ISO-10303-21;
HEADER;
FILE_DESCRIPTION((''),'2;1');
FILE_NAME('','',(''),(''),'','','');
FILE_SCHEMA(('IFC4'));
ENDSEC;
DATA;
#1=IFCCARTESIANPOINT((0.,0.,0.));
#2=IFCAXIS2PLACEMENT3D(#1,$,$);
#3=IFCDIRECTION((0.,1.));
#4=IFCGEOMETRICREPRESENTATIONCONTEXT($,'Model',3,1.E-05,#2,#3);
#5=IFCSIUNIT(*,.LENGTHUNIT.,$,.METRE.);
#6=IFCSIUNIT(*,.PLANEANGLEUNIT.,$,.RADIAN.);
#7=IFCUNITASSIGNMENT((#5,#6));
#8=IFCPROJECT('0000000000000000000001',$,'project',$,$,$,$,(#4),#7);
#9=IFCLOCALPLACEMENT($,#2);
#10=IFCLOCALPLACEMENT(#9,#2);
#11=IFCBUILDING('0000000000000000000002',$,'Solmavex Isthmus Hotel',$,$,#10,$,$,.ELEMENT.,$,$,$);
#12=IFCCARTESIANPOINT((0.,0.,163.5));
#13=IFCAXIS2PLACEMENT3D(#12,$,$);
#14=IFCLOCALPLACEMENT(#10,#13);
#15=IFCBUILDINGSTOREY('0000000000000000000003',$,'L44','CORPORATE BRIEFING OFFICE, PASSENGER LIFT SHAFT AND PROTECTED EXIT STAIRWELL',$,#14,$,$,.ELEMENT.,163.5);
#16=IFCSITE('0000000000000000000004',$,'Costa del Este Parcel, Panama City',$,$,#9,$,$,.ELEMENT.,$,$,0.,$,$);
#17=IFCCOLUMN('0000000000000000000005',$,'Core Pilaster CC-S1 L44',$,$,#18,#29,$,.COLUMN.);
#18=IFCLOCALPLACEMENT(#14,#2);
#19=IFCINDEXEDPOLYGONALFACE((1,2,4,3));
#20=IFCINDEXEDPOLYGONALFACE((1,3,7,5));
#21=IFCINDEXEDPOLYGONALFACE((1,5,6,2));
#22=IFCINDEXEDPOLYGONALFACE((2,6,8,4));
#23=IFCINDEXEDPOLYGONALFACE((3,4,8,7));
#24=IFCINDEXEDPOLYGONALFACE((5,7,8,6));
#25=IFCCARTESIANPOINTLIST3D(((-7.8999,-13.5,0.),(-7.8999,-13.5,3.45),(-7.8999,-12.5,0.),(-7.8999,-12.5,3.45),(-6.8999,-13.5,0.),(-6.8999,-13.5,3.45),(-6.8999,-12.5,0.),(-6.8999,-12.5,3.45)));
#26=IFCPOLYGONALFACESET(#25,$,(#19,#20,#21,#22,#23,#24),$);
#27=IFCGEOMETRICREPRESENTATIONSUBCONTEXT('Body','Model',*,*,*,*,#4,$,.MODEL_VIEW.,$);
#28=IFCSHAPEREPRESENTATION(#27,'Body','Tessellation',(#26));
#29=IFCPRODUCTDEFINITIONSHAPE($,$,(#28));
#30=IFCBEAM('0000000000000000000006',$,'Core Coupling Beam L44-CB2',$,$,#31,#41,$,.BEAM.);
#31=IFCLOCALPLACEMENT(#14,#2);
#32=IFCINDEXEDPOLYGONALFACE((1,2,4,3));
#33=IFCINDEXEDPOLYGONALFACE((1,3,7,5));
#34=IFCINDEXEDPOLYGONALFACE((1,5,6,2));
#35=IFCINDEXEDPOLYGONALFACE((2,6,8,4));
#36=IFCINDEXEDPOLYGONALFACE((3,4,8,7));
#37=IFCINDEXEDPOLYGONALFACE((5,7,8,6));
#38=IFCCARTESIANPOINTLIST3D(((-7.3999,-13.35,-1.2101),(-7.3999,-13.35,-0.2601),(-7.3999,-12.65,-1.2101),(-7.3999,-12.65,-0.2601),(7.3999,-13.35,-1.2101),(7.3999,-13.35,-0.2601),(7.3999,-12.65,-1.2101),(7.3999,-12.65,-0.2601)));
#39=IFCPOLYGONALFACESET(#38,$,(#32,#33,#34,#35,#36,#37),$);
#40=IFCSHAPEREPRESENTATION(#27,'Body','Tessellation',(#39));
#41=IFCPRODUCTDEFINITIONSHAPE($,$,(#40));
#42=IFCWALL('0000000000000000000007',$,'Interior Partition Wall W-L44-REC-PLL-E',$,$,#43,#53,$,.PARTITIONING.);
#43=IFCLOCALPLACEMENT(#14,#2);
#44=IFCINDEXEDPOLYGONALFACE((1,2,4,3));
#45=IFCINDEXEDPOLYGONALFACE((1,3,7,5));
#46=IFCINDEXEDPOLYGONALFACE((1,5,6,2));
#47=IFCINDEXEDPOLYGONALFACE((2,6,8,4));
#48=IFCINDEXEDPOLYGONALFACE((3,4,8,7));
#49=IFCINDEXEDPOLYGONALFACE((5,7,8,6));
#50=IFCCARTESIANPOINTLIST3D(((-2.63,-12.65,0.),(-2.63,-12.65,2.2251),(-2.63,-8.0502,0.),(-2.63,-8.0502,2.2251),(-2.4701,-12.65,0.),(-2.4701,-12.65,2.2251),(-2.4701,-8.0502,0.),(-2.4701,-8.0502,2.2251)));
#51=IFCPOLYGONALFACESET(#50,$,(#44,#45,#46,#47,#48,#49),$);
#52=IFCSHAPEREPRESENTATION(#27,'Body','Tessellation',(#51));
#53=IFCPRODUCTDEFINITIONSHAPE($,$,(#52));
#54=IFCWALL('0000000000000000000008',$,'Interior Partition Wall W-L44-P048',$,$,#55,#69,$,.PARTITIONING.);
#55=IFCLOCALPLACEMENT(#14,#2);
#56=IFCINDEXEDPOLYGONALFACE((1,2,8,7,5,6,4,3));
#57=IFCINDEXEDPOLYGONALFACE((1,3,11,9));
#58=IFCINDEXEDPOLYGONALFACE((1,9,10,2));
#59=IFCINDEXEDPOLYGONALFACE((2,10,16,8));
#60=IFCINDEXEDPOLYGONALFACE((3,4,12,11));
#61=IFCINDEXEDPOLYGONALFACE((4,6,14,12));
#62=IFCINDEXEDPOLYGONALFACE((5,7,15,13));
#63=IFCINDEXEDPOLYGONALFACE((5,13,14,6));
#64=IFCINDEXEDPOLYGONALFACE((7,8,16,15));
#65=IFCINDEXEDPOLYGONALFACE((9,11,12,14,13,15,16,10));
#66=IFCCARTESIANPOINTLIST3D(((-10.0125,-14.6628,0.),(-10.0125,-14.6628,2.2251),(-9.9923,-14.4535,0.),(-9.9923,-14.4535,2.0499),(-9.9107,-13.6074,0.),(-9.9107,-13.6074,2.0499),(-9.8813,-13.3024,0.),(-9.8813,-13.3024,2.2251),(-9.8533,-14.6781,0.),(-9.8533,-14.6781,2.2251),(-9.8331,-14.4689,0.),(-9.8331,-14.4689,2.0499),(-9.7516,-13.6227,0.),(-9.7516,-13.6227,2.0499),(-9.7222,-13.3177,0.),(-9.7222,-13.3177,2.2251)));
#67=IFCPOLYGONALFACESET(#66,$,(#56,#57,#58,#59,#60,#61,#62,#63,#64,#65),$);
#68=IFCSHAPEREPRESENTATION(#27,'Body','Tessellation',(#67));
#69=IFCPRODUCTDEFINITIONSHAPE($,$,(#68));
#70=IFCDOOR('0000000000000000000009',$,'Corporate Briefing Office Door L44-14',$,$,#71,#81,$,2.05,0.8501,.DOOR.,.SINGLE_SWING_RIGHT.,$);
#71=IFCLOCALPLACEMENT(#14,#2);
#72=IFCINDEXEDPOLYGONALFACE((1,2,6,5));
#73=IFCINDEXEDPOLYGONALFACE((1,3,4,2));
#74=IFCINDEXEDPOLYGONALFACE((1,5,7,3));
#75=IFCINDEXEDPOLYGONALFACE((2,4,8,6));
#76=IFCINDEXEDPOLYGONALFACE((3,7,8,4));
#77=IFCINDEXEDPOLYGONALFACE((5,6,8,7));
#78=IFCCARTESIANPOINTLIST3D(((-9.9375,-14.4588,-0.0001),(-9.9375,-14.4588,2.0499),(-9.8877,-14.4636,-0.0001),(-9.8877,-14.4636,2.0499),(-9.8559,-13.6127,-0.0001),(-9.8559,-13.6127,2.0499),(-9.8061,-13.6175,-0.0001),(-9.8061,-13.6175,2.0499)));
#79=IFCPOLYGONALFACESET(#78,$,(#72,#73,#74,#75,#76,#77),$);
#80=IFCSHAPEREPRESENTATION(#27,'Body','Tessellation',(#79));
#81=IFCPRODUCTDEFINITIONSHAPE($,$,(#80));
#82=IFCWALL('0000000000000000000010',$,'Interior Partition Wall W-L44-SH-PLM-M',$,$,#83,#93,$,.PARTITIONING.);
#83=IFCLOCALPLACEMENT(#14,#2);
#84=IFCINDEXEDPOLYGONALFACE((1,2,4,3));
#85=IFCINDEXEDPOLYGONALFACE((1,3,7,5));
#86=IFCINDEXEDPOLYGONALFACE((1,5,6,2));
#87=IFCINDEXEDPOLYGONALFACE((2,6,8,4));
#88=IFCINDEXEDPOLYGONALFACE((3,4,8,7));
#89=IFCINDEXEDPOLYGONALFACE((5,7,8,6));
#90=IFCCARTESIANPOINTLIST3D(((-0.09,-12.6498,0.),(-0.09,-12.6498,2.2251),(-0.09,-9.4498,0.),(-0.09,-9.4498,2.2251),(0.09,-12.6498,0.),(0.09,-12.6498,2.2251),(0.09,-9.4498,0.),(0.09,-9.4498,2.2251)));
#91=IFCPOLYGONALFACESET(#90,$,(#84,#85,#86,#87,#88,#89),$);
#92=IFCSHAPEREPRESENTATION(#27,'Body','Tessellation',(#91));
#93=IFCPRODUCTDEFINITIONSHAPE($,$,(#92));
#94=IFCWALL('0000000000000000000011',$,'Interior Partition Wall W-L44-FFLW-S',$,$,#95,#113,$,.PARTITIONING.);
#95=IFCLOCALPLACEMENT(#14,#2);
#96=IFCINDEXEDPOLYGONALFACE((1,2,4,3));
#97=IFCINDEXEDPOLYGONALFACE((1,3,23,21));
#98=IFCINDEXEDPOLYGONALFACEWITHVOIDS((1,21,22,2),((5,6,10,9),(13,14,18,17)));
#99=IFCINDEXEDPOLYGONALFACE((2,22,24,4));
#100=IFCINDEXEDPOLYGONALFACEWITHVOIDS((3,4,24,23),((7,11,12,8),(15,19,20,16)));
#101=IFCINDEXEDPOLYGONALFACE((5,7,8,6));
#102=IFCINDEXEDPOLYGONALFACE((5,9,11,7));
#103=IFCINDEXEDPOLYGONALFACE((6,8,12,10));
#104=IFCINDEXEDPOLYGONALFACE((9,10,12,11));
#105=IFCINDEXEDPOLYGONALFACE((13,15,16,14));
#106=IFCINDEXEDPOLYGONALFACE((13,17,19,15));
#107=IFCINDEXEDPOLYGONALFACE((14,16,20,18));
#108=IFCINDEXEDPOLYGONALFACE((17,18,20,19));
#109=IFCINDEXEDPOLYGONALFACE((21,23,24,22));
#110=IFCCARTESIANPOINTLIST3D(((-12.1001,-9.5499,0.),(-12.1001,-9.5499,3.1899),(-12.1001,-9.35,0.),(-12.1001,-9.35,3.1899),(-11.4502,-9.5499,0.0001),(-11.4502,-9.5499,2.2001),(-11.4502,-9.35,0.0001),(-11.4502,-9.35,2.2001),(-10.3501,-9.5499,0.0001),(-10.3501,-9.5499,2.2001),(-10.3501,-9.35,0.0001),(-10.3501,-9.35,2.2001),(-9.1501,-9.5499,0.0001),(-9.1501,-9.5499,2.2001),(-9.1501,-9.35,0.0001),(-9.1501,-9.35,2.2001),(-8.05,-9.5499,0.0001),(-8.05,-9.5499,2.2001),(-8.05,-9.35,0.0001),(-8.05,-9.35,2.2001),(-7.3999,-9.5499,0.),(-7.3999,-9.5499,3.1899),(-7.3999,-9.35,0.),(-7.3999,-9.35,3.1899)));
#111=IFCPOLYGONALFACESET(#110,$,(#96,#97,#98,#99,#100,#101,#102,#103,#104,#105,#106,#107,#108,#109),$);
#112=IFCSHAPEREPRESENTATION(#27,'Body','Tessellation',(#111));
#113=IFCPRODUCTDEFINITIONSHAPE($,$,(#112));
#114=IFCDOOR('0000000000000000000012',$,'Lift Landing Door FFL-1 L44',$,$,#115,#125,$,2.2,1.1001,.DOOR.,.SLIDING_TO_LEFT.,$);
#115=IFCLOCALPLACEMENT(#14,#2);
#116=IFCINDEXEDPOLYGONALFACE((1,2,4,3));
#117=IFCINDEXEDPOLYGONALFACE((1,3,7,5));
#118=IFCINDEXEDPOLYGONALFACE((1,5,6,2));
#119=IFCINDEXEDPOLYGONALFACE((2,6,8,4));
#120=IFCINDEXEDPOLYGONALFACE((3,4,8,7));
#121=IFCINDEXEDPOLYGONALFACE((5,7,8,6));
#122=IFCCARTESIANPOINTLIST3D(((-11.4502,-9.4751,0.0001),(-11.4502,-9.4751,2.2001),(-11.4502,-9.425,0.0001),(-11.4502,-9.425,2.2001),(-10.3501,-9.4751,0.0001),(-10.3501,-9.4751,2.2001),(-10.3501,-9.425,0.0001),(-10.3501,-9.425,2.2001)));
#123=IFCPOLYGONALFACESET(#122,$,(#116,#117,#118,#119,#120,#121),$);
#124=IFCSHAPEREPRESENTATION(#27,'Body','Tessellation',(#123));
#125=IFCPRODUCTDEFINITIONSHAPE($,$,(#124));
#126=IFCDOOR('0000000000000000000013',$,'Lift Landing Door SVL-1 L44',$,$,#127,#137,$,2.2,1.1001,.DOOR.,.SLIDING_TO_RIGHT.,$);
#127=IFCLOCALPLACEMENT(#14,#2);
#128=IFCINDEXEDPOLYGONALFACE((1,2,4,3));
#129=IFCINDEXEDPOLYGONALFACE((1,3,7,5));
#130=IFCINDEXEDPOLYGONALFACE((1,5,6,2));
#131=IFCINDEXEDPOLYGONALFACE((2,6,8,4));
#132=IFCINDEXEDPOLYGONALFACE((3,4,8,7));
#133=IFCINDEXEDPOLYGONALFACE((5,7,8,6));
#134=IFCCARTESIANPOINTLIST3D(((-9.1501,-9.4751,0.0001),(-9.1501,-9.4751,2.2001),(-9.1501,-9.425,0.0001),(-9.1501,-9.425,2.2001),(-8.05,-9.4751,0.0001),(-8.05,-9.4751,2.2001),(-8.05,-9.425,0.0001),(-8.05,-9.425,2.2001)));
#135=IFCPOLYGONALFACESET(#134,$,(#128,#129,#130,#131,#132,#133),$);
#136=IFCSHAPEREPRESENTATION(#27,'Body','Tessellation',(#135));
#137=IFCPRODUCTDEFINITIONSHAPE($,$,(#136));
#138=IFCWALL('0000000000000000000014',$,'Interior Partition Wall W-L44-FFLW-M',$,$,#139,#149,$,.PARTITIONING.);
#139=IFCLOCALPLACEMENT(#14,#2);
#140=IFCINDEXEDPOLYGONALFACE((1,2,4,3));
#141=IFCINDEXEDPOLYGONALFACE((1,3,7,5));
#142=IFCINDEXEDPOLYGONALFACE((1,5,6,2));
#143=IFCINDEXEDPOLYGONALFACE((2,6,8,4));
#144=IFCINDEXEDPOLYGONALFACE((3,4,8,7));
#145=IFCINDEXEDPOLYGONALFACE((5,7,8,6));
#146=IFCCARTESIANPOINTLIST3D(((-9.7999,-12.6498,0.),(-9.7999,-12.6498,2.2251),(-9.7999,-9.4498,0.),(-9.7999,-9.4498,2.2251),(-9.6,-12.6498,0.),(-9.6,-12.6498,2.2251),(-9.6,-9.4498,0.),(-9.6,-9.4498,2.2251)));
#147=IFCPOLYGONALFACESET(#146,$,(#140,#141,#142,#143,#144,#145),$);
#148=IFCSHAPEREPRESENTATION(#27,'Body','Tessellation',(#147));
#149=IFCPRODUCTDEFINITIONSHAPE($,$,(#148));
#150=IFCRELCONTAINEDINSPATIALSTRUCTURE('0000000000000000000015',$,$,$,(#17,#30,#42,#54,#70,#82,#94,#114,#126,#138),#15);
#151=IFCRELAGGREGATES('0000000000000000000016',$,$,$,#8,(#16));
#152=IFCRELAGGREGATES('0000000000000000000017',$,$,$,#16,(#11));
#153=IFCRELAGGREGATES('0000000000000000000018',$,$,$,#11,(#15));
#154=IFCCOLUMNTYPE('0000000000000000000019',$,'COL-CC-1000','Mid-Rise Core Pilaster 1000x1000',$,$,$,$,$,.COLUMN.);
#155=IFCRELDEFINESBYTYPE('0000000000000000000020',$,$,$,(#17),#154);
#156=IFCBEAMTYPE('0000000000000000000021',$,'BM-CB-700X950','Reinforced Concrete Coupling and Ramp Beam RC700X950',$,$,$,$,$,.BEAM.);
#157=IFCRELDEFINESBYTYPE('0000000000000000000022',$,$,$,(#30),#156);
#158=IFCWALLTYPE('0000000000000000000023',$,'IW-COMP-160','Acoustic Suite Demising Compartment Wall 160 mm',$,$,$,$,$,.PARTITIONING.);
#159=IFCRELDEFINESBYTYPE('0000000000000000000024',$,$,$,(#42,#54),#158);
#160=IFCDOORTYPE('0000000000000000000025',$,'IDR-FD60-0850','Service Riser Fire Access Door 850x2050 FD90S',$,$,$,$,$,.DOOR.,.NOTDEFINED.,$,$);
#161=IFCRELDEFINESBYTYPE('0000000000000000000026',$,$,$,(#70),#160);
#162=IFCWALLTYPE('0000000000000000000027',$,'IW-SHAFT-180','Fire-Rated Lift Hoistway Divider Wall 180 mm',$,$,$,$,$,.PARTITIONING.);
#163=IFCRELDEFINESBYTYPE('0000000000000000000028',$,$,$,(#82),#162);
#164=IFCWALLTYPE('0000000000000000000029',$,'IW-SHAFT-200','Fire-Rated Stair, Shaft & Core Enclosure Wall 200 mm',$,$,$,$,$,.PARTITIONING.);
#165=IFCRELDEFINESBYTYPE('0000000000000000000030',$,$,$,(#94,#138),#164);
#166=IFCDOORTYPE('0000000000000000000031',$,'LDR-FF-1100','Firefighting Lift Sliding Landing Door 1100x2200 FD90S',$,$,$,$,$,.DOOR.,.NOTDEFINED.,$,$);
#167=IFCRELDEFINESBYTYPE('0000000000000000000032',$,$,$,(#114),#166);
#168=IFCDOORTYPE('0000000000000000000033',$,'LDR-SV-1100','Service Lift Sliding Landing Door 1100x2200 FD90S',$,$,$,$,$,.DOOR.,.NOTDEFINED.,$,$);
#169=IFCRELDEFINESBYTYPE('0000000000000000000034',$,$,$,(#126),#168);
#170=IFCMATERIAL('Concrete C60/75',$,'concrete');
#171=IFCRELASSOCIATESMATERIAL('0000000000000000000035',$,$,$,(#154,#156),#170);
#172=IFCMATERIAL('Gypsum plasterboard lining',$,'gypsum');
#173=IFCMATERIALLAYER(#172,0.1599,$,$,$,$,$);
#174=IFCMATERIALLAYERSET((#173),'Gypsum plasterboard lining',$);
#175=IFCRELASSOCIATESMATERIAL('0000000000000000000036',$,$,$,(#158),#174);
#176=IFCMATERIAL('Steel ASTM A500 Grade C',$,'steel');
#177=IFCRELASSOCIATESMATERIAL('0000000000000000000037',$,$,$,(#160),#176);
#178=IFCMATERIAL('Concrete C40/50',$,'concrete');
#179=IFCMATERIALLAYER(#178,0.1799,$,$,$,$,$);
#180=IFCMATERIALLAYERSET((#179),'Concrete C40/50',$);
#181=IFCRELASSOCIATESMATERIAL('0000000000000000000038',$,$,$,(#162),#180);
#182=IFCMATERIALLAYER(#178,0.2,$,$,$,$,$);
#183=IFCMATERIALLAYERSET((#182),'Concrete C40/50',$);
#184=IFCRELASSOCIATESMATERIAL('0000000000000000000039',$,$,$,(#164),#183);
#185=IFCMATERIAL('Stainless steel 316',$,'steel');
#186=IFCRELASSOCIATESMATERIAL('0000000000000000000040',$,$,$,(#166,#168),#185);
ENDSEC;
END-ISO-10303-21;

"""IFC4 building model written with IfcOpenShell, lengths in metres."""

from ifc_helpers import new_model, si_unit, direction, frame, frame_2d, origin, origin_2d, place, context, subcontext, project, spatial, rectangle, extrude, material, layer, layer_set, material_profile, profile_set, type_object, element, fill, save


model = new_model("IFC4")

# Units and contexts
model_context = context("Model", 3, precision=1e-05, world=origin(), true_north=direction((0.0, 1.0)))
body_context = subcontext(model_context, "Body", "Model", "MODEL_VIEW")
ifc_project = project(units=[si_unit("LENGTHUNIT", "METRE"), si_unit("PLANEANGLEUNIT", "RADIAN")], contexts=[model_context])

# Site, building, storey
site_placement = place(None, origin())
site = spatial("IfcSite", under=ifc_project, at=site_placement, Name="Costa del Este Parcel, Panama City", CompositionType="ELEMENT", RefElevation=0.0)
building_placement = place(site_placement, origin())
building = spatial("IfcBuilding", under=site, at=building_placement, Name="Solmavex Isthmus Hotel", CompositionType="ELEMENT")
storey_placement = place(building_placement, frame((0.0, 0.0, 163.5)))
storey = spatial("IfcBuildingStorey", under=building, at=storey_placement, Name="L44", Description="CORPORATE BRIEFING OFFICE, PASSENGER LIFT SHAFT AND PROTECTED EXIT STAIRWELL", CompositionType="ELEMENT", Elevation=163.5)

# Column
ifc_material_1 = material(Name="Concrete C60/75", Category="concrete")
ifc_material_profile_1 = material_profile(ifc_material_1, rectangle(XDim=1.0, YDim=1.0, at=origin_2d()), Name="RC1000X1000")
ifc_profile_set_1 = profile_set([ifc_material_profile_1], Name="Concrete C60/75")
column_type = type_object("IfcColumnType", Name="COL-CC-1000", Description="Mid-Rise Core Pilaster 1000x1000", PredefinedType="COLUMN", material=ifc_profile_set_1)
column_placement = place(storey_placement, frame((-7.3999, -13.0, 0.0), z_axis=(0.0, 0.0, 1.0), x_axis=(1.0, 0.0, 0.0)))
element("IfcColumn", 1, at=column_placement, inside=storey, type_object=column_type, Name="Core Pilaster CC-S1 L44", PredefinedType="COLUMN", context=body_context, shape_type="SweptSolid", body=[
    extrude(rectangle(XDim=1.0, YDim=1.0, at=origin_2d()), origin(), (0.0, 0.0, 1.0), 3.45),
])

# Beam
ifc_material_profile_2 = material_profile(ifc_material_1, rectangle(XDim=0.7, YDim=0.95, at=origin_2d()), Name="RC700X950")
ifc_profile_set_2 = profile_set([ifc_material_profile_2], Name="Concrete C60/75")
beam_type = type_object("IfcBeamType", Name="BM-CB-700X950", Description="Reinforced Concrete Coupling and Ramp Beam RC700X950", PredefinedType="BEAM", material=ifc_profile_set_2)
beam_placement = place(storey_placement, frame((-7.3999, -13.0, -0.7351), z_axis=(1.0, 0.0, 0.0), x_axis=(0.0, 1.0, 0.0)))
element("IfcBeam", 2, at=beam_placement, inside=storey, type_object=beam_type, Name="Core Coupling Beam L44-CB2", PredefinedType="BEAM", context=body_context, shape_type="SweptSolid", body=[
    extrude(rectangle(XDim=0.7, YDim=0.95, at=origin_2d()), origin(), (0.0, 0.0, 1.0), 14.7998),
])

# Shared definitions
ifc_material_2 = material(Name="Gypsum plasterboard lining", Category="gypsum")
ifc_layer_1 = layer(ifc_material_2, 0.1599)
ifc_layer_set_1 = layer_set([ifc_layer_1], Name="Gypsum plasterboard lining")
wall_type_1 = type_object("IfcWallType", Name="IW-COMP-160", Description="Acoustic Suite Demising Compartment Wall 160 mm", PredefinedType="PARTITIONING", material=ifc_layer_set_1)

# Wall
wall_1_placement = place(storey_placement, frame((-2.55, -12.6499, 0.0), z_axis=(0.0, 0.0, 1.0), x_axis=(0.0, 1.0, 0.0)))
element("IfcWall", 3, at=wall_1_placement, inside=storey, type_object=wall_type_1, Name="Interior Partition Wall W-L44-REC-PLL-E", PredefinedType="PARTITIONING", context=body_context, shape_type="SweptSolid", body=[
    extrude(rectangle(XDim=4.5999, YDim=0.1599, at=frame_2d((2.2998, 0.0))), origin(), (0.0, 0.0, 1.0), 2.2251),
])

# Wall, opening, door
wall_2_placement = place(storey_placement, frame((-9.8018, -13.3101, 0.0), z_axis=(0.0, 0.0, 1.0), x_axis=(-0.09593, -0.995388, 0.0)))
wall_2 = element("IfcWall", 4, at=wall_2_placement, inside=storey, type_object=wall_type_1, Name="Interior Partition Wall W-L44-P048", PredefinedType="PARTITIONING", context=body_context, shape_type="SweptSolid", body=[
    extrude(rectangle(XDim=1.3667, YDim=0.1599, at=frame_2d((0.6833, 0.0))), origin(), (0.0, 0.0, 1.0), 2.2251),
])
opening_1_placement = place(wall_2_placement, frame((0.3064, 0.0, 0.0)))
opening_1 = element("IfcOpeningElement", 5, at=opening_1_placement, cuts=wall_2, PredefinedType="OPENING", context=body_context, shape_type="SweptSolid", body=[
    extrude(rectangle(XDim=0.8501, YDim=2.05, at=frame_2d((0.425, 1.0249))), frame((0.0, 0.0898, 0.0), z_axis=(0.0, -1.0, 0.0), x_axis=(1.0, 0.0, 0.0)), (0.0, 0.0, 1.0), 0.1799),
])
ifc_material_3 = material(Name="Steel ASTM A500 Grade C", Category="steel")
door_type_1 = type_object("IfcDoorType", Name="IDR-FD60-0850", Description="Service Riser Fire Access Door 850x2050 FD90S", OperationType="NOTDEFINED", PredefinedType="DOOR", material=ifc_material_3)
door_1_placement = place(opening_1_placement, frame((0.8501, 0.0, 0.0), z_axis=(0.0, 0.0, 1.0), x_axis=(-1.0, 0.0, 0.0)))
door_1 = element("IfcDoor", 6, at=door_1_placement, inside=storey, type_object=door_type_1, Name="Corporate Briefing Office Door L44-14", OperationType="SINGLE_SWING_RIGHT", OverallHeight=2.05, OverallWidth=0.8501, PredefinedType="DOOR", context=body_context, shape_type="SweptSolid", body=[
    extrude(rectangle(XDim=0.8501, YDim=2.05, at=frame_2d((0.425, 1.0249))), frame((0.0, 0.0249, 0.0), z_axis=(0.0, -1.0, 0.0), x_axis=(1.0, 0.0, 0.0)), (0.0, 0.0, 1.0), 0.05),
])
fill(opening_1, door_1)

# Wall
ifc_material_4 = material(Name="Concrete C40/50", Category="concrete")
ifc_layer_2 = layer(ifc_material_4, 0.1799)
ifc_layer_set_2 = layer_set([ifc_layer_2], Name="Concrete C40/50")
wall_type_2 = type_object("IfcWallType", Name="IW-SHAFT-180", Description="Fire-Rated Lift Hoistway Divider Wall 180 mm", PredefinedType="PARTITIONING", material=ifc_layer_set_2)
wall_3_placement = place(storey_placement, frame((0.0, -12.6499, 0.0), z_axis=(0.0, 0.0, 1.0), x_axis=(0.0, 1.0, 0.0)))
element("IfcWall", 7, at=wall_3_placement, inside=storey, type_object=wall_type_2, Name="Interior Partition Wall W-L44-SH-PLM-M", PredefinedType="PARTITIONING", context=body_context, shape_type="SweptSolid", body=[
    extrude(rectangle(XDim=3.2, YDim=0.1799, at=frame_2d((1.6001, 0.0))), origin(), (0.0, 0.0, 1.0), 2.2251),
])

# Wall, openings, doors
ifc_layer_3 = layer(ifc_material_4, 0.2)
ifc_layer_set_3 = layer_set([ifc_layer_3], Name="Concrete C40/50")
wall_type_3 = type_object("IfcWallType", Name="IW-SHAFT-200", Description="Fire-Rated Stair, Shaft & Core Enclosure Wall 200 mm", PredefinedType="PARTITIONING", material=ifc_layer_set_3)
wall_4_placement = place(storey_placement, frame((-12.1001, -9.45, 0.0), z_axis=(0.0, 0.0, 1.0), x_axis=(1.0, 0.0, 0.0)))
wall_4 = element("IfcWall", 8, at=wall_4_placement, inside=storey, type_object=wall_type_3, Name="Interior Partition Wall W-L44-FFLW-S", PredefinedType="PARTITIONING", context=body_context, shape_type="SweptSolid", body=[
    extrude(rectangle(XDim=4.7002, YDim=0.2, at=frame_2d((2.3501, 0.0))), origin(), (0.0, 0.0, 1.0), 3.1899),
])
opening_2_placement = place(wall_4_placement, frame((0.6499, 0.0, 0.0)))
opening_2 = element("IfcOpeningElement", 9, at=opening_2_placement, cuts=wall_4, PredefinedType="OPENING", context=body_context, shape_type="SweptSolid", body=[
    extrude(rectangle(XDim=1.1001, YDim=2.2, at=frame_2d((0.55, 1.1001))), frame((0.0, 0.1099, 0.0), z_axis=(0.0, -1.0, 0.0), x_axis=(1.0, 0.0, 0.0)), (0.0, 0.0, 1.0), 0.22),
])
opening_3_placement = place(wall_4_placement, frame((2.95, 0.0, 0.0)))
opening_3 = element("IfcOpeningElement", 10, at=opening_3_placement, cuts=wall_4, PredefinedType="OPENING", context=body_context, shape_type="SweptSolid", body=[
    extrude(rectangle(XDim=1.1001, YDim=2.2, at=frame_2d((0.55, 1.1001))), frame((0.0, 0.1099, 0.0), z_axis=(0.0, -1.0, 0.0), x_axis=(1.0, 0.0, 0.0)), (0.0, 0.0, 1.0), 0.22),
])
ifc_material_5 = material(Name="Stainless steel 316", Category="steel")
door_type_2 = type_object("IfcDoorType", Name="LDR-FF-1100", Description="Firefighting Lift Sliding Landing Door 1100x2200 FD90S", OperationType="NOTDEFINED", PredefinedType="DOOR", material=ifc_material_5)
door_2_placement = place(opening_2_placement, origin())
door_2 = element("IfcDoor", 11, at=door_2_placement, inside=storey, type_object=door_type_2, Name="Lift Landing Door FFL-1 L44", OperationType="SLIDING_TO_LEFT", OverallHeight=2.2, OverallWidth=1.1001, PredefinedType="DOOR", context=body_context, shape_type="SweptSolid", body=[
    extrude(rectangle(XDim=1.1001, YDim=2.2, at=frame_2d((0.55, 1.1001))), frame((0.0, 0.0249, 0.0), z_axis=(0.0, -1.0, 0.0), x_axis=(1.0, 0.0, 0.0)), (0.0, 0.0, 1.0), 0.05),
])
fill(opening_2, door_2)
door_type_3 = type_object("IfcDoorType", Name="LDR-SV-1100", Description="Service Lift Sliding Landing Door 1100x2200 FD90S", OperationType="NOTDEFINED", PredefinedType="DOOR", material=ifc_material_5)
door_3_placement = place(opening_3_placement, origin())
door_3 = element("IfcDoor", 12, at=door_3_placement, inside=storey, type_object=door_type_3, Name="Lift Landing Door SVL-1 L44", OperationType="SLIDING_TO_RIGHT", OverallHeight=2.2, OverallWidth=1.1001, PredefinedType="DOOR", context=body_context, shape_type="SweptSolid", body=[
    extrude(rectangle(XDim=1.1001, YDim=2.2, at=frame_2d((0.55, 1.1001))), frame((0.0, 0.0249, 0.0), z_axis=(0.0, -1.0, 0.0), x_axis=(1.0, 0.0, 0.0)), (0.0, 0.0, 1.0), 0.05),
])
fill(opening_3, door_3)

# Wall
wall_5_placement = place(storey_placement, frame((-9.7, -12.6499, 0.0), z_axis=(0.0, 0.0, 1.0), x_axis=(0.0, 1.0, 0.0)))
element("IfcWall", 13, at=wall_5_placement, inside=storey, type_object=wall_type_3, Name="Interior Partition Wall W-L44-FFLW-M", PredefinedType="PARTITIONING", context=body_context, shape_type="SweptSolid", body=[
    extrude(rectangle(XDim=3.2, YDim=0.2, at=frame_2d((1.6001, 0.0))), origin(), (0.0, 0.0, 1.0), 2.2251),
])

save(model, "model.ifc")
